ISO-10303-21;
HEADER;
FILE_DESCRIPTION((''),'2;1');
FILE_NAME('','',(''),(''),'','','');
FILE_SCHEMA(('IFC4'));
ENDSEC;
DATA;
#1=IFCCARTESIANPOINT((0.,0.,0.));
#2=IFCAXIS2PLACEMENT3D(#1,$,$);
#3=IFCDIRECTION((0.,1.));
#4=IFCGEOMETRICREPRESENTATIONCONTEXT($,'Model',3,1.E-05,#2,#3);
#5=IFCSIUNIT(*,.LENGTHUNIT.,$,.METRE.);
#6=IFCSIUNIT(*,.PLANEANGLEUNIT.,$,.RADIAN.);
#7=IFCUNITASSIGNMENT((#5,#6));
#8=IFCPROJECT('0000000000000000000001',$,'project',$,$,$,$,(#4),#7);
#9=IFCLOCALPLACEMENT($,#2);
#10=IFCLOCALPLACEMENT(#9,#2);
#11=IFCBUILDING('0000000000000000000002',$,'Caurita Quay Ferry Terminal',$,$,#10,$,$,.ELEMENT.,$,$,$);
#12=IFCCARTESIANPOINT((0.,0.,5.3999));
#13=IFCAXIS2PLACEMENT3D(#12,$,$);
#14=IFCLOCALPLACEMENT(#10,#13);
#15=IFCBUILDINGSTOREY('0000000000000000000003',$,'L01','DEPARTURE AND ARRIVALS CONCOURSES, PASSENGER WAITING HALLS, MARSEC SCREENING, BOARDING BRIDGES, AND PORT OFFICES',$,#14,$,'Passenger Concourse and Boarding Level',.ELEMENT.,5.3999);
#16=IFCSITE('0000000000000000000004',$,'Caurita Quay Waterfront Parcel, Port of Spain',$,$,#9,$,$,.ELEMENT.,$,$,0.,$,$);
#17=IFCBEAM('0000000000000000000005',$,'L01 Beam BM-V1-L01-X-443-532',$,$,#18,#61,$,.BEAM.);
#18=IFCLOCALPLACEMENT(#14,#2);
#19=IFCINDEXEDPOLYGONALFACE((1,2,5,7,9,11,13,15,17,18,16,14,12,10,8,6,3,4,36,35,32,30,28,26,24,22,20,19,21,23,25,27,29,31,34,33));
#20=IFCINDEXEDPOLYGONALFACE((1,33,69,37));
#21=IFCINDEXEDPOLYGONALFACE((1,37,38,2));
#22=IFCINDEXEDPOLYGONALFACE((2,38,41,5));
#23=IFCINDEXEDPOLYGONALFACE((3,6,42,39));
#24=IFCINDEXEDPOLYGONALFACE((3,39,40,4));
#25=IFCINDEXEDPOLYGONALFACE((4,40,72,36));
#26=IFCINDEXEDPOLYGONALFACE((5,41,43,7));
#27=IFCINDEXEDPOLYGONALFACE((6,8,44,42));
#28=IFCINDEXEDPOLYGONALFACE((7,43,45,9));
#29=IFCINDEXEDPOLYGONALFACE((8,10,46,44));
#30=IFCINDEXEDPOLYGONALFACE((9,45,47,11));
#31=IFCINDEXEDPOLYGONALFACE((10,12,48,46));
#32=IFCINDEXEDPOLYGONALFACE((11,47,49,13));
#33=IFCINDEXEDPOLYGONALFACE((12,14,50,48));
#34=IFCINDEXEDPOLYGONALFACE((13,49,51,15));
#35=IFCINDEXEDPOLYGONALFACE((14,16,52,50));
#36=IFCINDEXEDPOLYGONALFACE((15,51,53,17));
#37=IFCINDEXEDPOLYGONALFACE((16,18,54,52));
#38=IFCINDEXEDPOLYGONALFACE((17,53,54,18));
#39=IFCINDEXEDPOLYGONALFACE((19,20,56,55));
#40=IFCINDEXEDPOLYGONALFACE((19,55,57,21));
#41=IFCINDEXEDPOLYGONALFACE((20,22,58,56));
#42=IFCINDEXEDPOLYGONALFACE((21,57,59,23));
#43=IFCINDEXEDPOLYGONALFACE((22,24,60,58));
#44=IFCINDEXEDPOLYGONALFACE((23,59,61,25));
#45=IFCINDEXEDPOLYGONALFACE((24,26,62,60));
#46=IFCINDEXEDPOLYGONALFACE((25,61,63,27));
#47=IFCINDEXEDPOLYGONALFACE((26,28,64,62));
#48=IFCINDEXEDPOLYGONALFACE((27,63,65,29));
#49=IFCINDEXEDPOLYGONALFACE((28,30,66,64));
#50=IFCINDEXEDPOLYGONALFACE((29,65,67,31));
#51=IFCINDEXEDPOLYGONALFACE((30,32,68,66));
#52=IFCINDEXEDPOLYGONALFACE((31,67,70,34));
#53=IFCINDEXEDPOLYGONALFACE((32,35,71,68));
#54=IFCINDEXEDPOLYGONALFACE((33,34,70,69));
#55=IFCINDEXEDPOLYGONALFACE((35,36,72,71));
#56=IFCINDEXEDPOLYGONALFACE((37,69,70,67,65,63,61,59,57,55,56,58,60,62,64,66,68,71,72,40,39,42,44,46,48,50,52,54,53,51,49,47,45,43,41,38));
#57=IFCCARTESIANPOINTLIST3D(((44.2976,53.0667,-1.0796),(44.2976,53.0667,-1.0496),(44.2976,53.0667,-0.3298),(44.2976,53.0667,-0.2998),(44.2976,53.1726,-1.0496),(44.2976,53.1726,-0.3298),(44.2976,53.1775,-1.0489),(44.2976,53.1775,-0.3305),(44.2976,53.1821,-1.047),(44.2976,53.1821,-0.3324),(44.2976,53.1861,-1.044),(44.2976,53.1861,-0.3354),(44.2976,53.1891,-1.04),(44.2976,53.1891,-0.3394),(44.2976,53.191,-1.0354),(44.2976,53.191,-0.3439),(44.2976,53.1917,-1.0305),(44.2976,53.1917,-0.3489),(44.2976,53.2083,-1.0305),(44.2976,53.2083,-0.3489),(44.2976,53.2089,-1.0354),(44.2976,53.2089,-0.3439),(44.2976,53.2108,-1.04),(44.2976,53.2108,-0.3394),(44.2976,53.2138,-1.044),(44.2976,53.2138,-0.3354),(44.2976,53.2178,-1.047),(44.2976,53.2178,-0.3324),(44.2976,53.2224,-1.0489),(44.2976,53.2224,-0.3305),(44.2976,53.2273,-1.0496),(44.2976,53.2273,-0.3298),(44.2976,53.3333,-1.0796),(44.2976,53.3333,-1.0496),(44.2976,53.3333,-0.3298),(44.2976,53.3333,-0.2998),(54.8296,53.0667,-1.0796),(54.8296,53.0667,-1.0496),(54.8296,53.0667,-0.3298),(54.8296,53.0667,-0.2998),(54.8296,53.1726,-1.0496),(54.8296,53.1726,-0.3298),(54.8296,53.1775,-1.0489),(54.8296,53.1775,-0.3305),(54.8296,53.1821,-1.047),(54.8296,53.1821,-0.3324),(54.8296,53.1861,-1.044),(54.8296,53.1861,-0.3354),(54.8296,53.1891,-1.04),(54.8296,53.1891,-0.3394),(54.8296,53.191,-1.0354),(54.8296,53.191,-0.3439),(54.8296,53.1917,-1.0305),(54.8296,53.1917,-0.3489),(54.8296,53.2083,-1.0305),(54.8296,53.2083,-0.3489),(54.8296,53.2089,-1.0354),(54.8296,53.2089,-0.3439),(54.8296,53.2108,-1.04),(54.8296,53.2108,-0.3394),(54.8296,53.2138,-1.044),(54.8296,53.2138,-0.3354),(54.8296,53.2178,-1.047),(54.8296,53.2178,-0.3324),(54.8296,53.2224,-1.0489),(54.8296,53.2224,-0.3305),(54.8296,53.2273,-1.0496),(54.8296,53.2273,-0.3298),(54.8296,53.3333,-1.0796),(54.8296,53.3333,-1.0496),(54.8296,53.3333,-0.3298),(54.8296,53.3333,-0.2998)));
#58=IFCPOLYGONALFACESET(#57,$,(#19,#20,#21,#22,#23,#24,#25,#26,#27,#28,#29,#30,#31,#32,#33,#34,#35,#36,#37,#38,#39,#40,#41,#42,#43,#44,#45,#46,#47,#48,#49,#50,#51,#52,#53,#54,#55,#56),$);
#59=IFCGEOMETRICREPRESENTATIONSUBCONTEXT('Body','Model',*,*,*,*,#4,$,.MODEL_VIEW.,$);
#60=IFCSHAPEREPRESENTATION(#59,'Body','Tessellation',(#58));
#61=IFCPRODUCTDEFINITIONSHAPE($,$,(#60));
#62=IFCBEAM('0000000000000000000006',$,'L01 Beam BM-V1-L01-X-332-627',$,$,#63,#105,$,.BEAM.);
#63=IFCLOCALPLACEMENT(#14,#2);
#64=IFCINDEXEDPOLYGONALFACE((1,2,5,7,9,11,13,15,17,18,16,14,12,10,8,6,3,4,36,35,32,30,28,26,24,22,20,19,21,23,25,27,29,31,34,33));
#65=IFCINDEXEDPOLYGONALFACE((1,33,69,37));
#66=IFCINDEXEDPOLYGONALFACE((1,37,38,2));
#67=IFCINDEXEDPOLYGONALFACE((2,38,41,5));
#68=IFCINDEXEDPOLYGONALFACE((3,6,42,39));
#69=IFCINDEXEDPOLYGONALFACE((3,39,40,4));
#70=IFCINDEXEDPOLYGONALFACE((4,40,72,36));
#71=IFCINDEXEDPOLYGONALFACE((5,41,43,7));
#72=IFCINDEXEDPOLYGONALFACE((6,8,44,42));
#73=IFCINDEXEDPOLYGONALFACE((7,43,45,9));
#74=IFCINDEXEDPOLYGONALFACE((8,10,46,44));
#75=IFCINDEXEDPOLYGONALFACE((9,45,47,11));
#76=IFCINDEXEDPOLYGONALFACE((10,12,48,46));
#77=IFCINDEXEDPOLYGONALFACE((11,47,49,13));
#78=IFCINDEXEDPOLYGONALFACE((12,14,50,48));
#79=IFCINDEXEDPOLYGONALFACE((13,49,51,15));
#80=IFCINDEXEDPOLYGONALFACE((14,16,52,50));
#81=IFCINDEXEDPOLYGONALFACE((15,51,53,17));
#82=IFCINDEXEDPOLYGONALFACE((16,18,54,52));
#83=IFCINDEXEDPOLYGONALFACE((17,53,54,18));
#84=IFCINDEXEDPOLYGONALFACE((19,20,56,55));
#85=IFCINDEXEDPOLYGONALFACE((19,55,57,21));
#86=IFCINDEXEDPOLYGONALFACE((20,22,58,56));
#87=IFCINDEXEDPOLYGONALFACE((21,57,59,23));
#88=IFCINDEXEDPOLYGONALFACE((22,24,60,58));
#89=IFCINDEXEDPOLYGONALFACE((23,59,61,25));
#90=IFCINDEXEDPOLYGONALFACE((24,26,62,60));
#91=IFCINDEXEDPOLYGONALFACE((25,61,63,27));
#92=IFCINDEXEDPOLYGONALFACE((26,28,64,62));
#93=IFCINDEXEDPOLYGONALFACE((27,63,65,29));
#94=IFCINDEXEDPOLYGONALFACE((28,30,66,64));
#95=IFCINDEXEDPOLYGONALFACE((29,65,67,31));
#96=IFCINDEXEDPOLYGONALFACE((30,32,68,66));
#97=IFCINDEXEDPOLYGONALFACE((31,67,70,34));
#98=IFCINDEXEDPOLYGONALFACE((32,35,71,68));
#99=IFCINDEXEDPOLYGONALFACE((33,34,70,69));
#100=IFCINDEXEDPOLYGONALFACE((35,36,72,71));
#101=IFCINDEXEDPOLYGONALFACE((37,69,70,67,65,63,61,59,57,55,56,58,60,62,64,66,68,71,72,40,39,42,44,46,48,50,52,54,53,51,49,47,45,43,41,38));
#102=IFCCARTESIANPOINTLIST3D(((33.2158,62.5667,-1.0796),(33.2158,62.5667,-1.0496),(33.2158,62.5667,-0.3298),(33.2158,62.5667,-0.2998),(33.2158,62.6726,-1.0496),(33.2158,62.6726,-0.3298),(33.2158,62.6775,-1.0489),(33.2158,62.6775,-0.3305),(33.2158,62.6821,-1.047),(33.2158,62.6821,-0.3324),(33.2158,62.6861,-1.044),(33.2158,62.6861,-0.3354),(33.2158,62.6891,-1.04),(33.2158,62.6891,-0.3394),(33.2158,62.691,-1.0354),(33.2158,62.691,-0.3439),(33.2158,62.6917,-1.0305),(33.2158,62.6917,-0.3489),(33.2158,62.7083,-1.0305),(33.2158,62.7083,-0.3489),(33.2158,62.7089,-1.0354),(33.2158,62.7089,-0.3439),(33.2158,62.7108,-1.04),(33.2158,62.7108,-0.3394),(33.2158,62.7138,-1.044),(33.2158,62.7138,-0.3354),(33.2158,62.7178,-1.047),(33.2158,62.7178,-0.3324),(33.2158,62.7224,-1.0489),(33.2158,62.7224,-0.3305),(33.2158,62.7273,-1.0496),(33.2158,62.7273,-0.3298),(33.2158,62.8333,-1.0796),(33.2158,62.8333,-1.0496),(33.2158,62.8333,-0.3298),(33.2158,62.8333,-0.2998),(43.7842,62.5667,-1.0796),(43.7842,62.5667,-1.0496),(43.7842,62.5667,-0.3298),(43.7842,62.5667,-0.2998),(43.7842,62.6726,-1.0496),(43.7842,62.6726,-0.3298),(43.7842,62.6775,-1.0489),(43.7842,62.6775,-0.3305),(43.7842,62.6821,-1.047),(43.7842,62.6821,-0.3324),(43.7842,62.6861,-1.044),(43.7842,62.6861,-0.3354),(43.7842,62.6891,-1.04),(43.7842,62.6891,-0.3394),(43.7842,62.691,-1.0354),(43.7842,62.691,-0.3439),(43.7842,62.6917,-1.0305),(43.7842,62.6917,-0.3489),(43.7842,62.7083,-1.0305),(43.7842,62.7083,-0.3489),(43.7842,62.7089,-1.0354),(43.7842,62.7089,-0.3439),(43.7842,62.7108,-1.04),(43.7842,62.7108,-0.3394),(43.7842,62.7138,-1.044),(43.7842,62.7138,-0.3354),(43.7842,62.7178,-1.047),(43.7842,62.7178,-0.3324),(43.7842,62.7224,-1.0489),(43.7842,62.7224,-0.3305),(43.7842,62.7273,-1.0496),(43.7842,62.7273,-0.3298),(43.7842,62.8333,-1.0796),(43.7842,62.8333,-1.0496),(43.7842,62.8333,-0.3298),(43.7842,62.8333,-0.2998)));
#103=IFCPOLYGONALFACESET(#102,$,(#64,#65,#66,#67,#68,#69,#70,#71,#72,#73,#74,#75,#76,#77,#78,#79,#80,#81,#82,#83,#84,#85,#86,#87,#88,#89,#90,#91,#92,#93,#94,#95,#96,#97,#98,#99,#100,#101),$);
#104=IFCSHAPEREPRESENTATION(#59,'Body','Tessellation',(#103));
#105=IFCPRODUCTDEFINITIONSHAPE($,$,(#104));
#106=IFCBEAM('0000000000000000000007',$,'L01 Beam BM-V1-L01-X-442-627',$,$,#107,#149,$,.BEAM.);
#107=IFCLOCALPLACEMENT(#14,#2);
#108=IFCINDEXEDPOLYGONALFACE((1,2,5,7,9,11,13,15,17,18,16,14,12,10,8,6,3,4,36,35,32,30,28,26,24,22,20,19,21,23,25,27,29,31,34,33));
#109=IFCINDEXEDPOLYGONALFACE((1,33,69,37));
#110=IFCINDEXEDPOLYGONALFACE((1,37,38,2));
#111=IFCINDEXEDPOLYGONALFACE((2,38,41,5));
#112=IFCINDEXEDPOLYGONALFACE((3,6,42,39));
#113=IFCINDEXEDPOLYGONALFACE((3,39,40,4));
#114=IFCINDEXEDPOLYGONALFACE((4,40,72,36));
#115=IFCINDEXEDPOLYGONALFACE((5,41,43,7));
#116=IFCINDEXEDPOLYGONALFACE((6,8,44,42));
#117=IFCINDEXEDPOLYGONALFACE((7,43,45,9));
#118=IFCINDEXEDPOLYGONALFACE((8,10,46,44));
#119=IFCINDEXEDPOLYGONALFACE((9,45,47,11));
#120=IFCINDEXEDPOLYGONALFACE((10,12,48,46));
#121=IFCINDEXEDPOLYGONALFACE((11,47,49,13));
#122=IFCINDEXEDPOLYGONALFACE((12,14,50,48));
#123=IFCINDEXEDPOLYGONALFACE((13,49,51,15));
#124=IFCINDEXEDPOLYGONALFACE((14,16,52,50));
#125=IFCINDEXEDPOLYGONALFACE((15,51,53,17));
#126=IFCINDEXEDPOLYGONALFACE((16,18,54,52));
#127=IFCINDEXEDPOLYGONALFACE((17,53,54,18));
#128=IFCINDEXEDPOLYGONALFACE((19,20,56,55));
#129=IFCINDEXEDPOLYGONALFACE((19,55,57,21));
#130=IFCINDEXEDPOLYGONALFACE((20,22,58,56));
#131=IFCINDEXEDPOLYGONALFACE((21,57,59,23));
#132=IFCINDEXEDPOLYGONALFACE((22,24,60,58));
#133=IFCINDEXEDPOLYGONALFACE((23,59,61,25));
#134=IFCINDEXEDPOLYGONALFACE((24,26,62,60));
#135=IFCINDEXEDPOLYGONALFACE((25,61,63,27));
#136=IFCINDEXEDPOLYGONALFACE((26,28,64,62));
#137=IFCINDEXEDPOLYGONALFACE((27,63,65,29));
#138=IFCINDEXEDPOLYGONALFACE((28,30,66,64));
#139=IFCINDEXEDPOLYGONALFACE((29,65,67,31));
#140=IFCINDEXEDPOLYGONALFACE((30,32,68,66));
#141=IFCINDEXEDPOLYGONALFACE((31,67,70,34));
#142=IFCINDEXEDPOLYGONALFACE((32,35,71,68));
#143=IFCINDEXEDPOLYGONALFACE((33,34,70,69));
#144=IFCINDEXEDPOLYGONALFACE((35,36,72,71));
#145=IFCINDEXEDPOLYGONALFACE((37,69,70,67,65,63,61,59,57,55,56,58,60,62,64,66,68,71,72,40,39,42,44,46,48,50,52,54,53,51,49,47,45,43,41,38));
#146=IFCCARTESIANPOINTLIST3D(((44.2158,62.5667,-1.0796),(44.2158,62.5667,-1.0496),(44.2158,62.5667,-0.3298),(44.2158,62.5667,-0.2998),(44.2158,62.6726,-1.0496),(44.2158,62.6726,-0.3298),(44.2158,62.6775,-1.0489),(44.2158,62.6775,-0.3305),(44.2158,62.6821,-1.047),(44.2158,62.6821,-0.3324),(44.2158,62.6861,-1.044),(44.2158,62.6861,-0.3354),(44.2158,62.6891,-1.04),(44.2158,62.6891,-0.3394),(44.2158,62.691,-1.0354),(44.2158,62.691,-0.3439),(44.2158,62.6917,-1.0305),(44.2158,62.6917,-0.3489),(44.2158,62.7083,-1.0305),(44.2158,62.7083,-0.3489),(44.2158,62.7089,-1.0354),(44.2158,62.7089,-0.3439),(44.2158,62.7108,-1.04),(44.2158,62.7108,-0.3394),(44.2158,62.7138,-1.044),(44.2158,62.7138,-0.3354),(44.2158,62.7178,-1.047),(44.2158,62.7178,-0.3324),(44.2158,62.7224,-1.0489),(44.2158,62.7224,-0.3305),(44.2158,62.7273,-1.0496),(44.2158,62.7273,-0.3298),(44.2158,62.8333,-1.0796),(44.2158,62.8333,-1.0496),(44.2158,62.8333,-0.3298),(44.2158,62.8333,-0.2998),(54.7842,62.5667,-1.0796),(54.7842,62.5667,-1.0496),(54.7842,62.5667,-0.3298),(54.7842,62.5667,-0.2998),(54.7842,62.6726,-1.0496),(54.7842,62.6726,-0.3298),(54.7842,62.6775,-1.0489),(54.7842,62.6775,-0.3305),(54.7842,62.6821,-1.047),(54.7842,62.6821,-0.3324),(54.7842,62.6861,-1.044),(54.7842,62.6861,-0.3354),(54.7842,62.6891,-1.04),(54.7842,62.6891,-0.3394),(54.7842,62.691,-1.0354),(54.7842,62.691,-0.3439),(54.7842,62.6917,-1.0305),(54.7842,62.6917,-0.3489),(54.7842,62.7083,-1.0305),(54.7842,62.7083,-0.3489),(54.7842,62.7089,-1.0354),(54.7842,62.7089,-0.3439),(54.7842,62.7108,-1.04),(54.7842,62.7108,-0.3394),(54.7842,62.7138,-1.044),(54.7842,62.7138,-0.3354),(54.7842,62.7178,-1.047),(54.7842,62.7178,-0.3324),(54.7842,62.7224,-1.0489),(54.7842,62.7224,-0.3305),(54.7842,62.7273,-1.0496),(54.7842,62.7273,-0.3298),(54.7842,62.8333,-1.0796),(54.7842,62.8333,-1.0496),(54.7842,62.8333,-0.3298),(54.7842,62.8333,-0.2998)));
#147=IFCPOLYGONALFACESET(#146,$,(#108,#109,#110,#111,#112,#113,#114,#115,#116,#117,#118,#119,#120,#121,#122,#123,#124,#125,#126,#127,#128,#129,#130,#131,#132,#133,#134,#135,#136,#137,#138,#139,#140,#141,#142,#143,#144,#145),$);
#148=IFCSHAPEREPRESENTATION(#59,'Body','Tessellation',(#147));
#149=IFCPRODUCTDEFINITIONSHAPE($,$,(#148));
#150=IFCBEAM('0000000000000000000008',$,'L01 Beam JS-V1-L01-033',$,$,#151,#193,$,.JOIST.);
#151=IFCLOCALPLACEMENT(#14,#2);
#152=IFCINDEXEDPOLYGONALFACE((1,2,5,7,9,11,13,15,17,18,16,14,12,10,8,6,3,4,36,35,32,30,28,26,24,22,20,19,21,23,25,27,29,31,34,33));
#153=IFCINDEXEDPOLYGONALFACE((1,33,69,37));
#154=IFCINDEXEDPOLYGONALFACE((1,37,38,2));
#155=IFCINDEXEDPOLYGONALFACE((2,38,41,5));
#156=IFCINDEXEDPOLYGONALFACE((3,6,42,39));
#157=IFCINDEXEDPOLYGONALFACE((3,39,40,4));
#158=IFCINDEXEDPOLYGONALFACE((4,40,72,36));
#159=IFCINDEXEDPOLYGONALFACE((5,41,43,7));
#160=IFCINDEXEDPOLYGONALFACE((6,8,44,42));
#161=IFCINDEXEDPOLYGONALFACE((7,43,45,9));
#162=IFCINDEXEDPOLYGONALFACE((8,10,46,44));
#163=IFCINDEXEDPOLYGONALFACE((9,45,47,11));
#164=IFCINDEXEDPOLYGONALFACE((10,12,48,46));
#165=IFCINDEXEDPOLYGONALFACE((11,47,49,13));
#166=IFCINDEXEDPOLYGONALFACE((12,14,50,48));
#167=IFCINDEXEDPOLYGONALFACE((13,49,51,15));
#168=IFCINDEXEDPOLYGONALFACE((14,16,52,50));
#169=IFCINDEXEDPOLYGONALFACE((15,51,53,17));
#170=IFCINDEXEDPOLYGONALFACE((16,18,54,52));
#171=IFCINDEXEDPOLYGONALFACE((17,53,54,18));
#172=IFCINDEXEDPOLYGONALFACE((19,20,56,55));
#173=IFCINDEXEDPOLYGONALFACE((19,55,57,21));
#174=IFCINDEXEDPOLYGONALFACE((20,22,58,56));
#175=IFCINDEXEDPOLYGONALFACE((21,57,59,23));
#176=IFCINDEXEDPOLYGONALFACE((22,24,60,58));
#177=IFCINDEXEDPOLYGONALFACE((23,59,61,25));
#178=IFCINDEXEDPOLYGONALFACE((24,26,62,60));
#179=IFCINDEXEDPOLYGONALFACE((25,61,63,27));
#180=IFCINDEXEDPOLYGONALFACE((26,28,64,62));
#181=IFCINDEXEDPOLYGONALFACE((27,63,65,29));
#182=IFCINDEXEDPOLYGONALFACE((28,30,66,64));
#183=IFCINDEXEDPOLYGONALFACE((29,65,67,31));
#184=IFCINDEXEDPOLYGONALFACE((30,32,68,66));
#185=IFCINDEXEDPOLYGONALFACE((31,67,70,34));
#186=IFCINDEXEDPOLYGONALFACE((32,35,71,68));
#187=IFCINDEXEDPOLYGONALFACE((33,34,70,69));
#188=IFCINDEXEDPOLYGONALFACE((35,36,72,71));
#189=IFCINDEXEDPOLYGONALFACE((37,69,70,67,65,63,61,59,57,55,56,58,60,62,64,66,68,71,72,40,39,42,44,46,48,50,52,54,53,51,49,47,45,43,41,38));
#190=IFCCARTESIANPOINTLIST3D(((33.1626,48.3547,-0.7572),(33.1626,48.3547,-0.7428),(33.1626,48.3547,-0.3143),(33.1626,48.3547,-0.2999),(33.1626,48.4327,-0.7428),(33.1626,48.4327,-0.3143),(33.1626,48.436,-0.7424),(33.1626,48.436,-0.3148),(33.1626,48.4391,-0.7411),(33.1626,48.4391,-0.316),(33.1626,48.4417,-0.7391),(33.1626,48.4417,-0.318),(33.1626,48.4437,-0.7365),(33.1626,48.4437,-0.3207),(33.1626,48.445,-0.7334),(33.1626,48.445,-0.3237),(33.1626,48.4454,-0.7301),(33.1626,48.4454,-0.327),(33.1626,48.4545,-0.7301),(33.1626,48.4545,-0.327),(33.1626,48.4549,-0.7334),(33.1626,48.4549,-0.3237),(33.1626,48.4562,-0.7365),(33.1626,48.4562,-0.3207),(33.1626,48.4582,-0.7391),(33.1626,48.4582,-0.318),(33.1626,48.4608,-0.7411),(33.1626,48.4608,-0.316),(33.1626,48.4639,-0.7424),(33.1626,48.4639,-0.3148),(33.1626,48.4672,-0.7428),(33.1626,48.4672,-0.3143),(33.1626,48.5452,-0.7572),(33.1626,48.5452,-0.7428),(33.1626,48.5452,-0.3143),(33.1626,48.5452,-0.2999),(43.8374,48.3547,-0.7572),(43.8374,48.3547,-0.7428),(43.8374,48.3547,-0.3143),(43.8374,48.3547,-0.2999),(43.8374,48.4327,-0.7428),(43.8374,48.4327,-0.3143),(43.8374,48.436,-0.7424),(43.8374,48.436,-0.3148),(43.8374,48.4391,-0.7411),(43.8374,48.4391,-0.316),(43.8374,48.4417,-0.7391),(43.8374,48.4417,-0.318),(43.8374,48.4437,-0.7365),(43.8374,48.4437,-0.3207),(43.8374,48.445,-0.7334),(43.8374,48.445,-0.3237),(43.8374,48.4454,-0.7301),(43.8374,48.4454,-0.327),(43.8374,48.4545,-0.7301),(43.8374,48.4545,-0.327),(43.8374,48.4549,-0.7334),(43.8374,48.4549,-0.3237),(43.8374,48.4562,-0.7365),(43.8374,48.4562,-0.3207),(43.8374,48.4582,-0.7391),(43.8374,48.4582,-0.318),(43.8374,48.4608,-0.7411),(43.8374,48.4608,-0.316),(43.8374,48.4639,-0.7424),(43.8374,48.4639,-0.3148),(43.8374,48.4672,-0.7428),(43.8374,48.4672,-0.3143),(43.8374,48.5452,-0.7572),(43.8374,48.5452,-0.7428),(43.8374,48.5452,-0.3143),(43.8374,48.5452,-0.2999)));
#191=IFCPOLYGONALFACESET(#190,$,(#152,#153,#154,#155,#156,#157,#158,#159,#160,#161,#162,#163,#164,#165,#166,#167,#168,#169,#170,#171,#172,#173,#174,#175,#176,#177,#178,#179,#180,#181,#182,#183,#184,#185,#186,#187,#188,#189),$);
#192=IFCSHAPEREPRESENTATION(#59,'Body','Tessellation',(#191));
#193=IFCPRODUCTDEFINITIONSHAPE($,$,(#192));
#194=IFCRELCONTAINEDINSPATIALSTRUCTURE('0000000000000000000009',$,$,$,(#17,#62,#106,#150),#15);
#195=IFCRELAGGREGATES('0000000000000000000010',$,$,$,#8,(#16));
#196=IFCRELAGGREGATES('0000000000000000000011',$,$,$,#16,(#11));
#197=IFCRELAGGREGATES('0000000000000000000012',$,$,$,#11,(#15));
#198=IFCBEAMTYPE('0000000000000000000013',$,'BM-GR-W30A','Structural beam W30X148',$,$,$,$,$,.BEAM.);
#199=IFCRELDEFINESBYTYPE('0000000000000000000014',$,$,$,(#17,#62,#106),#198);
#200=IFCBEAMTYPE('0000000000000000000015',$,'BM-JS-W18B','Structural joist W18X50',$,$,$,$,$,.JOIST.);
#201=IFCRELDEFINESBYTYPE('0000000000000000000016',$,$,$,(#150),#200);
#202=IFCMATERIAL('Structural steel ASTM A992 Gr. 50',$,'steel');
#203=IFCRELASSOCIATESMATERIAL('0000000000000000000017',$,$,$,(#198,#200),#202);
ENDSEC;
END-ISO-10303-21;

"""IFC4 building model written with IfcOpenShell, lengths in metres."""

from ifc_helpers import new_model, si_unit, direction, frame, origin, origin_2d, place, context, subcontext, project, spatial, i_section, extrude, material, material_profile, profile_set, type_object, element, save


model = new_model("IFC4")

# Units and contexts
model_context = context("Model", 3, precision=1e-05, world=origin(), true_north=direction((0.0, 1.0)))
body_context = subcontext(model_context, "Body", "Model", "MODEL_VIEW")
ifc_project = project(units=[si_unit("LENGTHUNIT", "METRE"), si_unit("PLANEANGLEUNIT", "RADIAN")], contexts=[model_context])

# Site, building, storey
site_placement = place(None, origin())
site = spatial("IfcSite", under=ifc_project, at=site_placement, Name="Caurita Quay Waterfront Parcel, Port of Spain", CompositionType="ELEMENT", RefElevation=0.0)
building_placement = place(site_placement, origin())
building = spatial("IfcBuilding", under=site, at=building_placement, Name="Caurita Quay Ferry Terminal", CompositionType="ELEMENT")
storey_placement = place(building_placement, frame((0.0, 0.0, 5.3999)))
storey = spatial("IfcBuildingStorey", under=building, at=storey_placement, Name="L01", Description="DEPARTURE AND ARRIVALS CONCOURSES, PASSENGER WAITING HALLS, MARSEC SCREENING, BOARDING BRIDGES, AND PORT OFFICES", LongName="Passenger Concourse and Boarding Level", CompositionType="ELEMENT", Elevation=5.3999)

# Beams
ifc_material_1 = material(Name="Structural steel ASTM A992 Gr. 50", Category="steel")
ifc_material_profile_1 = material_profile(ifc_material_1, i_section(OverallWidth=0.2666, OverallDepth=0.7798, WebThickness=0.0166, FlangeThickness=0.03, FilletRadius=0.019, at=origin_2d()), Name="W30X148")
ifc_profile_set_1 = profile_set([ifc_material_profile_1], Name="Structural steel ASTM A992 Gr. 50")
beam_type_1 = type_object("IfcBeamType", Name="BM-GR-W30A", Description="Structural beam W30X148", PredefinedType="BEAM", material=ifc_profile_set_1)
for number, where, z_axis, x_axis, name in (
    (1, (44.2976, 53.2, -0.6897), (1.0, 0.0, 0.0), (0.0, 1.0, 0.0), "L01 Beam BM-V1-L01-X-443-532"),
):
    element("IfcBeam", number, at=place(storey_placement, frame(where, z_axis=z_axis, x_axis=x_axis)), inside=storey, type_object=beam_type_1, Name=name, PredefinedType="BEAM", context=body_context, shape_type="SweptSolid", body=[
        extrude(i_section(OverallWidth=0.2666, OverallDepth=0.7798, WebThickness=0.0166, FlangeThickness=0.03, FilletRadius=0.019, at=origin_2d()), origin(), (0.0, 0.0, 1.0), 10.532),
    ])
for number, where, z_axis, x_axis, name in (
    (2, (33.2158, 62.7, -0.6897), (1.0, 0.0, 0.0), (0.0, 1.0, 0.0), "L01 Beam BM-V1-L01-X-332-627"),
    (3, (44.2158, 62.7, -0.6897), (1.0, 0.0, 0.0), (0.0, 1.0, 0.0), "L01 Beam BM-V1-L01-X-442-627"),
):
    element("IfcBeam", number, at=place(storey_placement, frame(where, z_axis=z_axis, x_axis=x_axis)), inside=storey, type_object=beam_type_1, Name=name, PredefinedType="BEAM", context=body_context, shape_type="SweptSolid", body=[
        extrude(i_section(OverallWidth=0.2666, OverallDepth=0.7798, WebThickness=0.0166, FlangeThickness=0.03, FilletRadius=0.019, at=origin_2d()), origin(), (0.0, 0.0, 1.0), 10.5684),
    ])
ifc_material_profile_2 = material_profile(ifc_material_1, i_section(OverallWidth=0.1904, OverallDepth=0.4573, WebThickness=0.009, FlangeThickness=0.0144, FilletRadius=0.0127, at=origin_2d()), Name="W18X50")
ifc_profile_set_2 = profile_set([ifc_material_profile_2], Name="Structural steel ASTM A992 Gr. 50")
beam_type_2 = type_object("IfcBeamType", Name="BM-JS-W18B", Description="Structural joist W18X50", PredefinedType="JOIST", material=ifc_profile_set_2)
for number, where, z_axis, x_axis, name in (
    (4, (33.1626, 48.45, -0.5286), (1.0, 0.0, 0.0), (0.0, 1.0, 0.0), "L01 Beam JS-V1-L01-033"),
):
    element("IfcBeam", number, at=place(storey_placement, frame(where, z_axis=z_axis, x_axis=x_axis)), inside=storey, type_object=beam_type_2, Name=name, PredefinedType="JOIST", context=body_context, shape_type="SweptSolid", body=[
        extrude(i_section(OverallWidth=0.1904, OverallDepth=0.4573, WebThickness=0.009, FlangeThickness=0.0144, FilletRadius=0.0127, at=origin_2d()), origin(), (0.0, 0.0, 1.0), 10.6748),
    ])

save(model, "model.ifc")
